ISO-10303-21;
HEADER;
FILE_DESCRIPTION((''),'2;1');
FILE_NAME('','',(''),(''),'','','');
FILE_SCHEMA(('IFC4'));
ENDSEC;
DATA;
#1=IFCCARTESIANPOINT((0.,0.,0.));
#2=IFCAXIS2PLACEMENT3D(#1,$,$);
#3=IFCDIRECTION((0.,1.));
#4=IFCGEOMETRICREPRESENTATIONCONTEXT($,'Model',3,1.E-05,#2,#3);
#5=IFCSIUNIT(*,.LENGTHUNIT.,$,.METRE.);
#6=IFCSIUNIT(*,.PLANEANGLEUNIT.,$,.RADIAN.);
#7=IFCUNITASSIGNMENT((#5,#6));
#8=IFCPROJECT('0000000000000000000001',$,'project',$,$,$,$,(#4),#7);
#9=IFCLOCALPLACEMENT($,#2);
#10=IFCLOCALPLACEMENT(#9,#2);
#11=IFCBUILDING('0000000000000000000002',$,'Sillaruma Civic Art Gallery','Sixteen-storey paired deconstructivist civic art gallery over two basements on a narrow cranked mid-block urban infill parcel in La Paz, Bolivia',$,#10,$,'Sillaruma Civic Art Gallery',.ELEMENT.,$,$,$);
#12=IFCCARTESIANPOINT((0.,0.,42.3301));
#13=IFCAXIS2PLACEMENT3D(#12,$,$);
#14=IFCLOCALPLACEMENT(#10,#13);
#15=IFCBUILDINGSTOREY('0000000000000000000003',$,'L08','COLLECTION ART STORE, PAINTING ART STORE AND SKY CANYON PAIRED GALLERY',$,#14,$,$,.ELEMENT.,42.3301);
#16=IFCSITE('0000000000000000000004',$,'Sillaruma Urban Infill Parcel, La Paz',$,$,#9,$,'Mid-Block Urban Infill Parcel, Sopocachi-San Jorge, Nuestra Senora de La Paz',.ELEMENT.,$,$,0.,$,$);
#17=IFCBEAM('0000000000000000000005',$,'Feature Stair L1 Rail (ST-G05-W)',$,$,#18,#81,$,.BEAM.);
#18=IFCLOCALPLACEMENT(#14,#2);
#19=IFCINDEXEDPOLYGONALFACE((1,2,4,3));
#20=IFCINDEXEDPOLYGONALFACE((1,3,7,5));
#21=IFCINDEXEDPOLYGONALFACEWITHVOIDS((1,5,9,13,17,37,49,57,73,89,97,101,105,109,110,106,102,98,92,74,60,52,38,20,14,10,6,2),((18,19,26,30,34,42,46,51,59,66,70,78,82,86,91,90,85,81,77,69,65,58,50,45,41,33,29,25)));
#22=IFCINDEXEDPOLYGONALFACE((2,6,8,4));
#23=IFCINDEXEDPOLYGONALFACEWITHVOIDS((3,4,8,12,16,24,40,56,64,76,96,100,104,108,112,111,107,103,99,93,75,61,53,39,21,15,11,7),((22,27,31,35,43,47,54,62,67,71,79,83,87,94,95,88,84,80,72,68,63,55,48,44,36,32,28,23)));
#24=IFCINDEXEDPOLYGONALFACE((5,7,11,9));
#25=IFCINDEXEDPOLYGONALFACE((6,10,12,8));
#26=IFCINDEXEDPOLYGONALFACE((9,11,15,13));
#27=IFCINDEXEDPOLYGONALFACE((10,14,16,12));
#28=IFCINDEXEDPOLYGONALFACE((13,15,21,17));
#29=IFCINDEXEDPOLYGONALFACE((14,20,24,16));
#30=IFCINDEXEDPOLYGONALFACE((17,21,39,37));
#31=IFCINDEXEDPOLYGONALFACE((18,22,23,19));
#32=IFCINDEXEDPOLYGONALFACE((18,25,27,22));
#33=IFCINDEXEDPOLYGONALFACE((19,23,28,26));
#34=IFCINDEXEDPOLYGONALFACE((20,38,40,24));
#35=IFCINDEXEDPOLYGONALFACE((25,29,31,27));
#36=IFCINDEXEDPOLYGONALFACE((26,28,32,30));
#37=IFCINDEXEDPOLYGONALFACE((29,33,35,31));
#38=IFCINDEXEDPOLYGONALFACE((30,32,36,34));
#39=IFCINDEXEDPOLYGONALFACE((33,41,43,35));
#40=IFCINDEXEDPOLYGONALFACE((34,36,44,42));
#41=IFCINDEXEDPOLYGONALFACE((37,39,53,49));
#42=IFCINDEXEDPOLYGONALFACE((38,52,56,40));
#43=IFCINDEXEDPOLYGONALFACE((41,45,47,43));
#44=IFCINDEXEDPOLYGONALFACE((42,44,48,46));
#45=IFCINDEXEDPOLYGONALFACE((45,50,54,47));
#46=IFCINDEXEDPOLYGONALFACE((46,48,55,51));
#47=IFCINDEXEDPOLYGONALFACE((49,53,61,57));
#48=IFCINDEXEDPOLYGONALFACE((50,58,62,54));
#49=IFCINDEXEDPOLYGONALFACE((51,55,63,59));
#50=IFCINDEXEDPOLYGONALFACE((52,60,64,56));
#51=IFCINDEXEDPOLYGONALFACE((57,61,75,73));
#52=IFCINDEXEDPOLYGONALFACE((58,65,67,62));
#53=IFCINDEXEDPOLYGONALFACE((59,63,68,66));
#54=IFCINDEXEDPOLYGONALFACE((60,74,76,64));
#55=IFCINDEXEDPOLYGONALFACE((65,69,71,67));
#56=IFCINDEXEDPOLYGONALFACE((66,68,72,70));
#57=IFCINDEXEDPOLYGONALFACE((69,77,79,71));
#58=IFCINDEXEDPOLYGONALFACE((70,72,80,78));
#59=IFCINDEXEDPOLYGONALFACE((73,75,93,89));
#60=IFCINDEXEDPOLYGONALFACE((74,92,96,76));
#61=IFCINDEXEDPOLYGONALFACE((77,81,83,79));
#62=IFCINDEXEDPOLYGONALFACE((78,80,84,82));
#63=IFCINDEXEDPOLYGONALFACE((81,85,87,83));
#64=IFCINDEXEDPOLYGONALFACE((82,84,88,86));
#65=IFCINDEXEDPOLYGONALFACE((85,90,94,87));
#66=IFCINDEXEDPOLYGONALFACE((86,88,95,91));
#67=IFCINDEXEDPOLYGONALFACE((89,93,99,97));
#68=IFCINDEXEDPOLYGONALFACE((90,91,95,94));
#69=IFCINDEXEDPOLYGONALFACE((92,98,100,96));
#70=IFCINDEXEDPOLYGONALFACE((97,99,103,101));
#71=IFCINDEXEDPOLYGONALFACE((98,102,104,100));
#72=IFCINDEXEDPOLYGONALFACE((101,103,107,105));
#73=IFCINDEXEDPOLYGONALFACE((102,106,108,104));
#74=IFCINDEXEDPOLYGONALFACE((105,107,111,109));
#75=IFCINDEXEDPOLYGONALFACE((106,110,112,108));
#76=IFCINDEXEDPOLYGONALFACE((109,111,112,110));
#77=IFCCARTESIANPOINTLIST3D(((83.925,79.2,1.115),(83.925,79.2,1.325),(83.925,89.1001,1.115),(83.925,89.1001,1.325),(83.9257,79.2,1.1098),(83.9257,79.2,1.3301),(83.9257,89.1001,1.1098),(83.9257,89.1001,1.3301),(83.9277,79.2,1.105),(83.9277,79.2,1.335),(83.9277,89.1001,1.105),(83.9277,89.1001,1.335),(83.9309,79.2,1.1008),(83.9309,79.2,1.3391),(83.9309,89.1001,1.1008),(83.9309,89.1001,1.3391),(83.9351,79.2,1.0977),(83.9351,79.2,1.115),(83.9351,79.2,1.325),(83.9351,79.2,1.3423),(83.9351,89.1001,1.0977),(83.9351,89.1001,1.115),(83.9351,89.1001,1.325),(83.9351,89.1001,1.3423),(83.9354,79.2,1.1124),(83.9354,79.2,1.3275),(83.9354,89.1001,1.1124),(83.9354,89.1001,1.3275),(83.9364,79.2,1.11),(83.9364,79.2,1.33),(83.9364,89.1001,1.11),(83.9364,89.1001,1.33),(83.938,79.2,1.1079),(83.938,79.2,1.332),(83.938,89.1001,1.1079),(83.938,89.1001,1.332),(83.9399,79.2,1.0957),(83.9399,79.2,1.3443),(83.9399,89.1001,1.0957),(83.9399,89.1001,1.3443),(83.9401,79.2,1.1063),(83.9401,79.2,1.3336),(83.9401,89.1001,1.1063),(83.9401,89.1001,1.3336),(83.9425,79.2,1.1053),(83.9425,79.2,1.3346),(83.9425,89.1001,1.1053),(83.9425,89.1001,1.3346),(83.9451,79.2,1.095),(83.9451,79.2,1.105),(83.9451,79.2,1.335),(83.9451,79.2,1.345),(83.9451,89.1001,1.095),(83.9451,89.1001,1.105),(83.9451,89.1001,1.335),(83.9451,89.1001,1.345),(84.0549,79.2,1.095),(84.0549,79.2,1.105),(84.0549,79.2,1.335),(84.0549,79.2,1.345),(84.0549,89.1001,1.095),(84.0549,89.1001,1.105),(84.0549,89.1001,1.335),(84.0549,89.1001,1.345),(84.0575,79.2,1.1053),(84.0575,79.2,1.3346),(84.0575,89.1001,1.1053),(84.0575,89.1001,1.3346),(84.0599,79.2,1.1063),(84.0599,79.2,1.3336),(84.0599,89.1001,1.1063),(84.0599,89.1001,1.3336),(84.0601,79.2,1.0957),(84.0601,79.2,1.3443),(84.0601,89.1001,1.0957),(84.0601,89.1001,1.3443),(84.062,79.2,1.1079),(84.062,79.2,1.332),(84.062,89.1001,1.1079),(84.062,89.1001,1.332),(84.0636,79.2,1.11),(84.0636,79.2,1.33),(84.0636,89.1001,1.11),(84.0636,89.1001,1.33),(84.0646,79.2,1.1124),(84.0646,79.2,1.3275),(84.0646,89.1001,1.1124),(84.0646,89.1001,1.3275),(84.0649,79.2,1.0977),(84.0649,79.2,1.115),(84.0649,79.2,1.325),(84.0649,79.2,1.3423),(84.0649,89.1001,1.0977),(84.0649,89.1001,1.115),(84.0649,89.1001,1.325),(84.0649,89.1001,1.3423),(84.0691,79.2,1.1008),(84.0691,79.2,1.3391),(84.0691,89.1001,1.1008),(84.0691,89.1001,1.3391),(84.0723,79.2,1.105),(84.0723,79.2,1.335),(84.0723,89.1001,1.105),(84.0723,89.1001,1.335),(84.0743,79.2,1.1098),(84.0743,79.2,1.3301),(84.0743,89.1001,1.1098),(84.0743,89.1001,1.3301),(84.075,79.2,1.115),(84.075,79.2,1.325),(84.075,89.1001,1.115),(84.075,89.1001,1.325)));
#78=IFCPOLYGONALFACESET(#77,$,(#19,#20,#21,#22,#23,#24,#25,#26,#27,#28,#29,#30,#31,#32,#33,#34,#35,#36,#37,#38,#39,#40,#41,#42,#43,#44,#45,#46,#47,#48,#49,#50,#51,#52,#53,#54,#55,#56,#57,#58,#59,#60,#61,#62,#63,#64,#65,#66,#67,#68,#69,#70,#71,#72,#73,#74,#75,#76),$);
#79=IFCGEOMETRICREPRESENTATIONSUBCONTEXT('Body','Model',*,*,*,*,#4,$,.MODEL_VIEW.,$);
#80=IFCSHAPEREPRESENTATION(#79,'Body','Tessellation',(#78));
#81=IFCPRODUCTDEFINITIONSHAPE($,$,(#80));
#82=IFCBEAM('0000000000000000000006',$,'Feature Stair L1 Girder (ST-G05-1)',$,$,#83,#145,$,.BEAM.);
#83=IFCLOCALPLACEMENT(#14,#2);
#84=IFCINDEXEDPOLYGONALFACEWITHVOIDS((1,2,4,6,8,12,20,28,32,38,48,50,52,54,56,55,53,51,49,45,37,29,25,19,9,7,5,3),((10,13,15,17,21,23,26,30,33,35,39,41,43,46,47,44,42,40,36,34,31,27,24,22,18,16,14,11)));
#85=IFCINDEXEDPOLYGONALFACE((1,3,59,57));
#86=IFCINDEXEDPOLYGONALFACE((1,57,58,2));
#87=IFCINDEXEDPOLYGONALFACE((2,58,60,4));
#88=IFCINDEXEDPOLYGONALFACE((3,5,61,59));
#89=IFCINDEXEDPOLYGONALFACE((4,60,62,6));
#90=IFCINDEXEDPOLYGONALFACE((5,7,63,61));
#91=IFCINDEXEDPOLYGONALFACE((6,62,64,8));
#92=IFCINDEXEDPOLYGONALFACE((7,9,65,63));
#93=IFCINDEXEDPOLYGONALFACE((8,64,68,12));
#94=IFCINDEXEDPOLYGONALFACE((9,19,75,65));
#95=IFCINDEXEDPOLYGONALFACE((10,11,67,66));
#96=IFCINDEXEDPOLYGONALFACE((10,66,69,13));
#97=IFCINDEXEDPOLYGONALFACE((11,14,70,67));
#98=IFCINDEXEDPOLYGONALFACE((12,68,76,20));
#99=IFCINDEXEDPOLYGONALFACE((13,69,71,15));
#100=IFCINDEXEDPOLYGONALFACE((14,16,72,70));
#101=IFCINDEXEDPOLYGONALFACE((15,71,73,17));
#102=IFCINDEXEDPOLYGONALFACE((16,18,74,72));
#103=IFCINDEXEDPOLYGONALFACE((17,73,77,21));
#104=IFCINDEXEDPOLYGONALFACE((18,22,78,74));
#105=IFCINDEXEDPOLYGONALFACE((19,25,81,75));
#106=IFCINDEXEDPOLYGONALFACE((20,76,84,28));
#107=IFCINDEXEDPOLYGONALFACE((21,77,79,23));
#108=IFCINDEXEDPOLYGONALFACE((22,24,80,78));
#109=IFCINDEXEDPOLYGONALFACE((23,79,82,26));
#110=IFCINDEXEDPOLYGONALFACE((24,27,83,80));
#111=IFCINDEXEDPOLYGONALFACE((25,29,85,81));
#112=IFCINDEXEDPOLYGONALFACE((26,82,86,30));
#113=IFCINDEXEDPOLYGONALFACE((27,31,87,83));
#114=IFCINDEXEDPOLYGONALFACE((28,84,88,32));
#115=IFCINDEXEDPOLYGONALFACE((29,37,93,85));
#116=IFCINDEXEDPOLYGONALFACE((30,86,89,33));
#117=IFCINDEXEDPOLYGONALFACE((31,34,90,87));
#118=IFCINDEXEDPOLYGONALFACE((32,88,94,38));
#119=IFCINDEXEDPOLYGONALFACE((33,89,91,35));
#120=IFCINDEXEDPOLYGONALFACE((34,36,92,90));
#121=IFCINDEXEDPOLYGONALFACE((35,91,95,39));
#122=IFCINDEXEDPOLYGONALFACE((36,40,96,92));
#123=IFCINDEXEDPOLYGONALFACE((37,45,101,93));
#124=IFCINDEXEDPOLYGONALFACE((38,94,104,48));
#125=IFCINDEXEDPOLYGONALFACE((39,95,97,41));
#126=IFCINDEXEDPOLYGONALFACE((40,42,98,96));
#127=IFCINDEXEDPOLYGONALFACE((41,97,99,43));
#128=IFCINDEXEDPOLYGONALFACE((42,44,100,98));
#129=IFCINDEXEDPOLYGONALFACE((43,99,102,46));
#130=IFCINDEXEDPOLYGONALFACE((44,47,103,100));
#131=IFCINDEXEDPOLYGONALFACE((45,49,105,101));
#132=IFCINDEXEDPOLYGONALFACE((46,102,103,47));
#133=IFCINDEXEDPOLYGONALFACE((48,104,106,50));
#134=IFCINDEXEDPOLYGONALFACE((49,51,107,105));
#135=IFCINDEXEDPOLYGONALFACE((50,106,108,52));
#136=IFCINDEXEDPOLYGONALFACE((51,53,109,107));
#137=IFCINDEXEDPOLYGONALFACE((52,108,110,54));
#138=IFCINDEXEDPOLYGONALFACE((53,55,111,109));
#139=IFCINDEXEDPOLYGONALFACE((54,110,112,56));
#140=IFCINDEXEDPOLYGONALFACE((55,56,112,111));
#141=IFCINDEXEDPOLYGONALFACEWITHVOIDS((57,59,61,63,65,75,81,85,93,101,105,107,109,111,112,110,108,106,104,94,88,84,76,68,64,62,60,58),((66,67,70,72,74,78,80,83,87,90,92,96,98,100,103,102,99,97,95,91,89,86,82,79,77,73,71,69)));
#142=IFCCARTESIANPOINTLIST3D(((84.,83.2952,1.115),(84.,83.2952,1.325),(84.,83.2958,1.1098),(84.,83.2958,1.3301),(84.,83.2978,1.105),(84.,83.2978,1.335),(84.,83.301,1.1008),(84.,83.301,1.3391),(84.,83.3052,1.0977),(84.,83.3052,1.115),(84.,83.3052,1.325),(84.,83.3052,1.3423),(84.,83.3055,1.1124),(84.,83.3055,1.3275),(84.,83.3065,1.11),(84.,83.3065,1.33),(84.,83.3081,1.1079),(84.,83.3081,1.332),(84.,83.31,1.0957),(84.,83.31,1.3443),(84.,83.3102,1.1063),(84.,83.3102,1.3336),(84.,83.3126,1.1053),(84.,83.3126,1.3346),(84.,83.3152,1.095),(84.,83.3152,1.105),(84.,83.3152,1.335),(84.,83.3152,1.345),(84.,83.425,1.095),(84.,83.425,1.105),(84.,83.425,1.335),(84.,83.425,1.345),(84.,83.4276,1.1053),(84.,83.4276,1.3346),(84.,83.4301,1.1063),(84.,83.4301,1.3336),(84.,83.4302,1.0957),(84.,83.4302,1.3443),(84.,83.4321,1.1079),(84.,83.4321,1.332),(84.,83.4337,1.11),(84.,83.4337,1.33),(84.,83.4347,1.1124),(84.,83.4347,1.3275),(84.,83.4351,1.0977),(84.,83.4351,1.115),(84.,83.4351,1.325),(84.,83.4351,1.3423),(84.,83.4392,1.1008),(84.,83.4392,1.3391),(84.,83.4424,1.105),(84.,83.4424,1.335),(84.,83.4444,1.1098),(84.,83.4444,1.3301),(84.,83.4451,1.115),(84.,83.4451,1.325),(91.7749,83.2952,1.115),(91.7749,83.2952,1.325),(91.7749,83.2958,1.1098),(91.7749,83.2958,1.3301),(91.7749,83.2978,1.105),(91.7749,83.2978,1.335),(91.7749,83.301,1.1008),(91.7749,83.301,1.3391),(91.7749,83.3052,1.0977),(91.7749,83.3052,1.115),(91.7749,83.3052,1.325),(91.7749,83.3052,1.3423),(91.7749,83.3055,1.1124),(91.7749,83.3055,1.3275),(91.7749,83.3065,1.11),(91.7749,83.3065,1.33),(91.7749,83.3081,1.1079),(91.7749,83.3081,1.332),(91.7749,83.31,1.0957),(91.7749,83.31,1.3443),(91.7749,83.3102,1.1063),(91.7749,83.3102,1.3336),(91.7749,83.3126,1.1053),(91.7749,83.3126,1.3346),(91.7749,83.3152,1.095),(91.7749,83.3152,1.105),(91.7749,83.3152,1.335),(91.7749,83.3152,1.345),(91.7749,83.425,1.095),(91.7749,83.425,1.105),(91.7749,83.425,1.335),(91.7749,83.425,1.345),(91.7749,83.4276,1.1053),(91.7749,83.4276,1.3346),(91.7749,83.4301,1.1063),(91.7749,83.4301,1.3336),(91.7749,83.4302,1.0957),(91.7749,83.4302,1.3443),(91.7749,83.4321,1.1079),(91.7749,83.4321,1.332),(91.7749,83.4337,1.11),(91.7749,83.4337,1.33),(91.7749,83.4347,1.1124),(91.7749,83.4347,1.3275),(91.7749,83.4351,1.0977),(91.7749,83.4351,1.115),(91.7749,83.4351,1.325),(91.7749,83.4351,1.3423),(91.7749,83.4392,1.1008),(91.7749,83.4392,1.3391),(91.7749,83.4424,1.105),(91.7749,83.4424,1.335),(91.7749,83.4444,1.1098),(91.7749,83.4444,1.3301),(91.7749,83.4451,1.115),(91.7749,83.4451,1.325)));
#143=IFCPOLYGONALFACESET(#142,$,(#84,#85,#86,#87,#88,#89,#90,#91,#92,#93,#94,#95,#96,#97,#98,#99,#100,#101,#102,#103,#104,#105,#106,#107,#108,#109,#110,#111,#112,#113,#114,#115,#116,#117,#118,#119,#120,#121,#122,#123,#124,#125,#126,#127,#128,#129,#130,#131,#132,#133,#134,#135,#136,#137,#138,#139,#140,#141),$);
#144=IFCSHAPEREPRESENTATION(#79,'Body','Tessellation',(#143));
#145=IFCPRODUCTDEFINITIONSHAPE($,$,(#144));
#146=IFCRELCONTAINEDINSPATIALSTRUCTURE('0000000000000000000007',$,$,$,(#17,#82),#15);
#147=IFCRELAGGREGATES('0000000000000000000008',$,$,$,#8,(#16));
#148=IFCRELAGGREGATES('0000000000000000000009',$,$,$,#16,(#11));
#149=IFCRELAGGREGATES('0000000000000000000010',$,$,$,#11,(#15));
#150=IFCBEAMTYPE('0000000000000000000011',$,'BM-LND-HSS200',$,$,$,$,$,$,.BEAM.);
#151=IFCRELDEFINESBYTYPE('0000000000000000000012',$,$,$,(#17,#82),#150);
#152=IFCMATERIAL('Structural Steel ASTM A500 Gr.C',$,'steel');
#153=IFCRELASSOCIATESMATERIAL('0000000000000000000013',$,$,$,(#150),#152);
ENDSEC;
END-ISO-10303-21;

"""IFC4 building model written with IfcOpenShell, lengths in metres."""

from ifc_helpers import new_model, si_unit, direction, frame, origin, origin_2d, place, context, subcontext, project, spatial, hollow_rectangle, extrude, material, material_profile, profile_set, type_object, element, save


model = new_model("IFC4")

# Units and contexts
model_context = context("Model", 3, precision=1e-05, world=origin(), true_north=direction((0.0, 1.0)))
body_context = subcontext(model_context, "Body", "Model", "MODEL_VIEW")
ifc_project = project(units=[si_unit("LENGTHUNIT", "METRE"), si_unit("PLANEANGLEUNIT", "RADIAN")], contexts=[model_context])

# Site, building, storey
site_placement = place(None, origin())
site = spatial("IfcSite", under=ifc_project, at=site_placement, Name="Sillaruma Urban Infill Parcel, La Paz", LongName="Mid-Block Urban Infill Parcel, Sopocachi-San Jorge, Nuestra Senora de La Paz", CompositionType="ELEMENT", RefElevation=0.0)
building_placement = place(site_placement, origin())
building = spatial("IfcBuilding", under=site, at=building_placement, Name="Sillaruma Civic Art Gallery", Description="Sixteen-storey paired deconstructivist civic art gallery over two basements on a narrow cranked mid-block urban infill parcel in La Paz, Bolivia", LongName="Sillaruma Civic Art Gallery", CompositionType="ELEMENT")
storey_placement = place(building_placement, frame((0.0, 0.0, 42.3301)))
storey = spatial("IfcBuildingStorey", under=building, at=storey_placement, Name="L08", Description="COLLECTION ART STORE, PAINTING ART STORE AND SKY CANYON PAIRED GALLERY", CompositionType="ELEMENT", Elevation=42.3301)

# Beams
ifc_material_1 = material(Name="Structural Steel ASTM A500 Gr.C", Category="steel")
ifc_material_profile_1 = material_profile(ifc_material_1, hollow_rectangle(XDim=0.1499, YDim=0.25, WallThickness=0.01, InnerFilletRadius=0.01, OuterFilletRadius=0.02, at=origin_2d()), Name="HSS250x150x10")
ifc_profile_set_1 = profile_set([ifc_material_profile_1], Name="Structural Steel ASTM A500 Gr.C")
beam_type_1 = type_object("IfcBeamType", Name="BM-LND-HSS200", PredefinedType="BEAM", material=ifc_profile_set_1)
beam_1_placement = place(storey_placement, frame((84.0, 79.2, 1.22), z_axis=(0.0, 1.0, 0.0), x_axis=(-1.0, 0.0, 0.0)))
element("IfcBeam", 1, at=beam_1_placement, inside=storey, type_object=beam_type_1, Name="Feature Stair L1 Rail (ST-G05-W)", PredefinedType="BEAM", context=body_context, shape_type="SweptSolid", body=[
    extrude(hollow_rectangle(XDim=0.1499, YDim=0.25, WallThickness=0.01, InnerFilletRadius=0.01, OuterFilletRadius=0.02, at=origin_2d()), origin(), (0.0, 0.0, 1.0), 9.9001),
])
for number, where, z_axis, x_axis, name in (
    (2, (84.0, 83.3701, 1.22), (1.0, 0.0, 0.0), (0.0, 1.0, 0.0), "Feature Stair L1 Girder (ST-G05-1)"),
):
    element("IfcBeam", number, at=place(storey_placement, frame(where, z_axis=z_axis, x_axis=x_axis)), inside=storey, type_object=beam_type_1, Name=name, PredefinedType="BEAM", context=body_context, shape_type="SweptSolid", body=[
        extrude(hollow_rectangle(XDim=0.1499, YDim=0.25, WallThickness=0.01, InnerFilletRadius=0.01, OuterFilletRadius=0.02, at=origin_2d()), origin(), (0.0, 0.0, 1.0), 7.7749),
    ])

save(model, "model.ifc")
